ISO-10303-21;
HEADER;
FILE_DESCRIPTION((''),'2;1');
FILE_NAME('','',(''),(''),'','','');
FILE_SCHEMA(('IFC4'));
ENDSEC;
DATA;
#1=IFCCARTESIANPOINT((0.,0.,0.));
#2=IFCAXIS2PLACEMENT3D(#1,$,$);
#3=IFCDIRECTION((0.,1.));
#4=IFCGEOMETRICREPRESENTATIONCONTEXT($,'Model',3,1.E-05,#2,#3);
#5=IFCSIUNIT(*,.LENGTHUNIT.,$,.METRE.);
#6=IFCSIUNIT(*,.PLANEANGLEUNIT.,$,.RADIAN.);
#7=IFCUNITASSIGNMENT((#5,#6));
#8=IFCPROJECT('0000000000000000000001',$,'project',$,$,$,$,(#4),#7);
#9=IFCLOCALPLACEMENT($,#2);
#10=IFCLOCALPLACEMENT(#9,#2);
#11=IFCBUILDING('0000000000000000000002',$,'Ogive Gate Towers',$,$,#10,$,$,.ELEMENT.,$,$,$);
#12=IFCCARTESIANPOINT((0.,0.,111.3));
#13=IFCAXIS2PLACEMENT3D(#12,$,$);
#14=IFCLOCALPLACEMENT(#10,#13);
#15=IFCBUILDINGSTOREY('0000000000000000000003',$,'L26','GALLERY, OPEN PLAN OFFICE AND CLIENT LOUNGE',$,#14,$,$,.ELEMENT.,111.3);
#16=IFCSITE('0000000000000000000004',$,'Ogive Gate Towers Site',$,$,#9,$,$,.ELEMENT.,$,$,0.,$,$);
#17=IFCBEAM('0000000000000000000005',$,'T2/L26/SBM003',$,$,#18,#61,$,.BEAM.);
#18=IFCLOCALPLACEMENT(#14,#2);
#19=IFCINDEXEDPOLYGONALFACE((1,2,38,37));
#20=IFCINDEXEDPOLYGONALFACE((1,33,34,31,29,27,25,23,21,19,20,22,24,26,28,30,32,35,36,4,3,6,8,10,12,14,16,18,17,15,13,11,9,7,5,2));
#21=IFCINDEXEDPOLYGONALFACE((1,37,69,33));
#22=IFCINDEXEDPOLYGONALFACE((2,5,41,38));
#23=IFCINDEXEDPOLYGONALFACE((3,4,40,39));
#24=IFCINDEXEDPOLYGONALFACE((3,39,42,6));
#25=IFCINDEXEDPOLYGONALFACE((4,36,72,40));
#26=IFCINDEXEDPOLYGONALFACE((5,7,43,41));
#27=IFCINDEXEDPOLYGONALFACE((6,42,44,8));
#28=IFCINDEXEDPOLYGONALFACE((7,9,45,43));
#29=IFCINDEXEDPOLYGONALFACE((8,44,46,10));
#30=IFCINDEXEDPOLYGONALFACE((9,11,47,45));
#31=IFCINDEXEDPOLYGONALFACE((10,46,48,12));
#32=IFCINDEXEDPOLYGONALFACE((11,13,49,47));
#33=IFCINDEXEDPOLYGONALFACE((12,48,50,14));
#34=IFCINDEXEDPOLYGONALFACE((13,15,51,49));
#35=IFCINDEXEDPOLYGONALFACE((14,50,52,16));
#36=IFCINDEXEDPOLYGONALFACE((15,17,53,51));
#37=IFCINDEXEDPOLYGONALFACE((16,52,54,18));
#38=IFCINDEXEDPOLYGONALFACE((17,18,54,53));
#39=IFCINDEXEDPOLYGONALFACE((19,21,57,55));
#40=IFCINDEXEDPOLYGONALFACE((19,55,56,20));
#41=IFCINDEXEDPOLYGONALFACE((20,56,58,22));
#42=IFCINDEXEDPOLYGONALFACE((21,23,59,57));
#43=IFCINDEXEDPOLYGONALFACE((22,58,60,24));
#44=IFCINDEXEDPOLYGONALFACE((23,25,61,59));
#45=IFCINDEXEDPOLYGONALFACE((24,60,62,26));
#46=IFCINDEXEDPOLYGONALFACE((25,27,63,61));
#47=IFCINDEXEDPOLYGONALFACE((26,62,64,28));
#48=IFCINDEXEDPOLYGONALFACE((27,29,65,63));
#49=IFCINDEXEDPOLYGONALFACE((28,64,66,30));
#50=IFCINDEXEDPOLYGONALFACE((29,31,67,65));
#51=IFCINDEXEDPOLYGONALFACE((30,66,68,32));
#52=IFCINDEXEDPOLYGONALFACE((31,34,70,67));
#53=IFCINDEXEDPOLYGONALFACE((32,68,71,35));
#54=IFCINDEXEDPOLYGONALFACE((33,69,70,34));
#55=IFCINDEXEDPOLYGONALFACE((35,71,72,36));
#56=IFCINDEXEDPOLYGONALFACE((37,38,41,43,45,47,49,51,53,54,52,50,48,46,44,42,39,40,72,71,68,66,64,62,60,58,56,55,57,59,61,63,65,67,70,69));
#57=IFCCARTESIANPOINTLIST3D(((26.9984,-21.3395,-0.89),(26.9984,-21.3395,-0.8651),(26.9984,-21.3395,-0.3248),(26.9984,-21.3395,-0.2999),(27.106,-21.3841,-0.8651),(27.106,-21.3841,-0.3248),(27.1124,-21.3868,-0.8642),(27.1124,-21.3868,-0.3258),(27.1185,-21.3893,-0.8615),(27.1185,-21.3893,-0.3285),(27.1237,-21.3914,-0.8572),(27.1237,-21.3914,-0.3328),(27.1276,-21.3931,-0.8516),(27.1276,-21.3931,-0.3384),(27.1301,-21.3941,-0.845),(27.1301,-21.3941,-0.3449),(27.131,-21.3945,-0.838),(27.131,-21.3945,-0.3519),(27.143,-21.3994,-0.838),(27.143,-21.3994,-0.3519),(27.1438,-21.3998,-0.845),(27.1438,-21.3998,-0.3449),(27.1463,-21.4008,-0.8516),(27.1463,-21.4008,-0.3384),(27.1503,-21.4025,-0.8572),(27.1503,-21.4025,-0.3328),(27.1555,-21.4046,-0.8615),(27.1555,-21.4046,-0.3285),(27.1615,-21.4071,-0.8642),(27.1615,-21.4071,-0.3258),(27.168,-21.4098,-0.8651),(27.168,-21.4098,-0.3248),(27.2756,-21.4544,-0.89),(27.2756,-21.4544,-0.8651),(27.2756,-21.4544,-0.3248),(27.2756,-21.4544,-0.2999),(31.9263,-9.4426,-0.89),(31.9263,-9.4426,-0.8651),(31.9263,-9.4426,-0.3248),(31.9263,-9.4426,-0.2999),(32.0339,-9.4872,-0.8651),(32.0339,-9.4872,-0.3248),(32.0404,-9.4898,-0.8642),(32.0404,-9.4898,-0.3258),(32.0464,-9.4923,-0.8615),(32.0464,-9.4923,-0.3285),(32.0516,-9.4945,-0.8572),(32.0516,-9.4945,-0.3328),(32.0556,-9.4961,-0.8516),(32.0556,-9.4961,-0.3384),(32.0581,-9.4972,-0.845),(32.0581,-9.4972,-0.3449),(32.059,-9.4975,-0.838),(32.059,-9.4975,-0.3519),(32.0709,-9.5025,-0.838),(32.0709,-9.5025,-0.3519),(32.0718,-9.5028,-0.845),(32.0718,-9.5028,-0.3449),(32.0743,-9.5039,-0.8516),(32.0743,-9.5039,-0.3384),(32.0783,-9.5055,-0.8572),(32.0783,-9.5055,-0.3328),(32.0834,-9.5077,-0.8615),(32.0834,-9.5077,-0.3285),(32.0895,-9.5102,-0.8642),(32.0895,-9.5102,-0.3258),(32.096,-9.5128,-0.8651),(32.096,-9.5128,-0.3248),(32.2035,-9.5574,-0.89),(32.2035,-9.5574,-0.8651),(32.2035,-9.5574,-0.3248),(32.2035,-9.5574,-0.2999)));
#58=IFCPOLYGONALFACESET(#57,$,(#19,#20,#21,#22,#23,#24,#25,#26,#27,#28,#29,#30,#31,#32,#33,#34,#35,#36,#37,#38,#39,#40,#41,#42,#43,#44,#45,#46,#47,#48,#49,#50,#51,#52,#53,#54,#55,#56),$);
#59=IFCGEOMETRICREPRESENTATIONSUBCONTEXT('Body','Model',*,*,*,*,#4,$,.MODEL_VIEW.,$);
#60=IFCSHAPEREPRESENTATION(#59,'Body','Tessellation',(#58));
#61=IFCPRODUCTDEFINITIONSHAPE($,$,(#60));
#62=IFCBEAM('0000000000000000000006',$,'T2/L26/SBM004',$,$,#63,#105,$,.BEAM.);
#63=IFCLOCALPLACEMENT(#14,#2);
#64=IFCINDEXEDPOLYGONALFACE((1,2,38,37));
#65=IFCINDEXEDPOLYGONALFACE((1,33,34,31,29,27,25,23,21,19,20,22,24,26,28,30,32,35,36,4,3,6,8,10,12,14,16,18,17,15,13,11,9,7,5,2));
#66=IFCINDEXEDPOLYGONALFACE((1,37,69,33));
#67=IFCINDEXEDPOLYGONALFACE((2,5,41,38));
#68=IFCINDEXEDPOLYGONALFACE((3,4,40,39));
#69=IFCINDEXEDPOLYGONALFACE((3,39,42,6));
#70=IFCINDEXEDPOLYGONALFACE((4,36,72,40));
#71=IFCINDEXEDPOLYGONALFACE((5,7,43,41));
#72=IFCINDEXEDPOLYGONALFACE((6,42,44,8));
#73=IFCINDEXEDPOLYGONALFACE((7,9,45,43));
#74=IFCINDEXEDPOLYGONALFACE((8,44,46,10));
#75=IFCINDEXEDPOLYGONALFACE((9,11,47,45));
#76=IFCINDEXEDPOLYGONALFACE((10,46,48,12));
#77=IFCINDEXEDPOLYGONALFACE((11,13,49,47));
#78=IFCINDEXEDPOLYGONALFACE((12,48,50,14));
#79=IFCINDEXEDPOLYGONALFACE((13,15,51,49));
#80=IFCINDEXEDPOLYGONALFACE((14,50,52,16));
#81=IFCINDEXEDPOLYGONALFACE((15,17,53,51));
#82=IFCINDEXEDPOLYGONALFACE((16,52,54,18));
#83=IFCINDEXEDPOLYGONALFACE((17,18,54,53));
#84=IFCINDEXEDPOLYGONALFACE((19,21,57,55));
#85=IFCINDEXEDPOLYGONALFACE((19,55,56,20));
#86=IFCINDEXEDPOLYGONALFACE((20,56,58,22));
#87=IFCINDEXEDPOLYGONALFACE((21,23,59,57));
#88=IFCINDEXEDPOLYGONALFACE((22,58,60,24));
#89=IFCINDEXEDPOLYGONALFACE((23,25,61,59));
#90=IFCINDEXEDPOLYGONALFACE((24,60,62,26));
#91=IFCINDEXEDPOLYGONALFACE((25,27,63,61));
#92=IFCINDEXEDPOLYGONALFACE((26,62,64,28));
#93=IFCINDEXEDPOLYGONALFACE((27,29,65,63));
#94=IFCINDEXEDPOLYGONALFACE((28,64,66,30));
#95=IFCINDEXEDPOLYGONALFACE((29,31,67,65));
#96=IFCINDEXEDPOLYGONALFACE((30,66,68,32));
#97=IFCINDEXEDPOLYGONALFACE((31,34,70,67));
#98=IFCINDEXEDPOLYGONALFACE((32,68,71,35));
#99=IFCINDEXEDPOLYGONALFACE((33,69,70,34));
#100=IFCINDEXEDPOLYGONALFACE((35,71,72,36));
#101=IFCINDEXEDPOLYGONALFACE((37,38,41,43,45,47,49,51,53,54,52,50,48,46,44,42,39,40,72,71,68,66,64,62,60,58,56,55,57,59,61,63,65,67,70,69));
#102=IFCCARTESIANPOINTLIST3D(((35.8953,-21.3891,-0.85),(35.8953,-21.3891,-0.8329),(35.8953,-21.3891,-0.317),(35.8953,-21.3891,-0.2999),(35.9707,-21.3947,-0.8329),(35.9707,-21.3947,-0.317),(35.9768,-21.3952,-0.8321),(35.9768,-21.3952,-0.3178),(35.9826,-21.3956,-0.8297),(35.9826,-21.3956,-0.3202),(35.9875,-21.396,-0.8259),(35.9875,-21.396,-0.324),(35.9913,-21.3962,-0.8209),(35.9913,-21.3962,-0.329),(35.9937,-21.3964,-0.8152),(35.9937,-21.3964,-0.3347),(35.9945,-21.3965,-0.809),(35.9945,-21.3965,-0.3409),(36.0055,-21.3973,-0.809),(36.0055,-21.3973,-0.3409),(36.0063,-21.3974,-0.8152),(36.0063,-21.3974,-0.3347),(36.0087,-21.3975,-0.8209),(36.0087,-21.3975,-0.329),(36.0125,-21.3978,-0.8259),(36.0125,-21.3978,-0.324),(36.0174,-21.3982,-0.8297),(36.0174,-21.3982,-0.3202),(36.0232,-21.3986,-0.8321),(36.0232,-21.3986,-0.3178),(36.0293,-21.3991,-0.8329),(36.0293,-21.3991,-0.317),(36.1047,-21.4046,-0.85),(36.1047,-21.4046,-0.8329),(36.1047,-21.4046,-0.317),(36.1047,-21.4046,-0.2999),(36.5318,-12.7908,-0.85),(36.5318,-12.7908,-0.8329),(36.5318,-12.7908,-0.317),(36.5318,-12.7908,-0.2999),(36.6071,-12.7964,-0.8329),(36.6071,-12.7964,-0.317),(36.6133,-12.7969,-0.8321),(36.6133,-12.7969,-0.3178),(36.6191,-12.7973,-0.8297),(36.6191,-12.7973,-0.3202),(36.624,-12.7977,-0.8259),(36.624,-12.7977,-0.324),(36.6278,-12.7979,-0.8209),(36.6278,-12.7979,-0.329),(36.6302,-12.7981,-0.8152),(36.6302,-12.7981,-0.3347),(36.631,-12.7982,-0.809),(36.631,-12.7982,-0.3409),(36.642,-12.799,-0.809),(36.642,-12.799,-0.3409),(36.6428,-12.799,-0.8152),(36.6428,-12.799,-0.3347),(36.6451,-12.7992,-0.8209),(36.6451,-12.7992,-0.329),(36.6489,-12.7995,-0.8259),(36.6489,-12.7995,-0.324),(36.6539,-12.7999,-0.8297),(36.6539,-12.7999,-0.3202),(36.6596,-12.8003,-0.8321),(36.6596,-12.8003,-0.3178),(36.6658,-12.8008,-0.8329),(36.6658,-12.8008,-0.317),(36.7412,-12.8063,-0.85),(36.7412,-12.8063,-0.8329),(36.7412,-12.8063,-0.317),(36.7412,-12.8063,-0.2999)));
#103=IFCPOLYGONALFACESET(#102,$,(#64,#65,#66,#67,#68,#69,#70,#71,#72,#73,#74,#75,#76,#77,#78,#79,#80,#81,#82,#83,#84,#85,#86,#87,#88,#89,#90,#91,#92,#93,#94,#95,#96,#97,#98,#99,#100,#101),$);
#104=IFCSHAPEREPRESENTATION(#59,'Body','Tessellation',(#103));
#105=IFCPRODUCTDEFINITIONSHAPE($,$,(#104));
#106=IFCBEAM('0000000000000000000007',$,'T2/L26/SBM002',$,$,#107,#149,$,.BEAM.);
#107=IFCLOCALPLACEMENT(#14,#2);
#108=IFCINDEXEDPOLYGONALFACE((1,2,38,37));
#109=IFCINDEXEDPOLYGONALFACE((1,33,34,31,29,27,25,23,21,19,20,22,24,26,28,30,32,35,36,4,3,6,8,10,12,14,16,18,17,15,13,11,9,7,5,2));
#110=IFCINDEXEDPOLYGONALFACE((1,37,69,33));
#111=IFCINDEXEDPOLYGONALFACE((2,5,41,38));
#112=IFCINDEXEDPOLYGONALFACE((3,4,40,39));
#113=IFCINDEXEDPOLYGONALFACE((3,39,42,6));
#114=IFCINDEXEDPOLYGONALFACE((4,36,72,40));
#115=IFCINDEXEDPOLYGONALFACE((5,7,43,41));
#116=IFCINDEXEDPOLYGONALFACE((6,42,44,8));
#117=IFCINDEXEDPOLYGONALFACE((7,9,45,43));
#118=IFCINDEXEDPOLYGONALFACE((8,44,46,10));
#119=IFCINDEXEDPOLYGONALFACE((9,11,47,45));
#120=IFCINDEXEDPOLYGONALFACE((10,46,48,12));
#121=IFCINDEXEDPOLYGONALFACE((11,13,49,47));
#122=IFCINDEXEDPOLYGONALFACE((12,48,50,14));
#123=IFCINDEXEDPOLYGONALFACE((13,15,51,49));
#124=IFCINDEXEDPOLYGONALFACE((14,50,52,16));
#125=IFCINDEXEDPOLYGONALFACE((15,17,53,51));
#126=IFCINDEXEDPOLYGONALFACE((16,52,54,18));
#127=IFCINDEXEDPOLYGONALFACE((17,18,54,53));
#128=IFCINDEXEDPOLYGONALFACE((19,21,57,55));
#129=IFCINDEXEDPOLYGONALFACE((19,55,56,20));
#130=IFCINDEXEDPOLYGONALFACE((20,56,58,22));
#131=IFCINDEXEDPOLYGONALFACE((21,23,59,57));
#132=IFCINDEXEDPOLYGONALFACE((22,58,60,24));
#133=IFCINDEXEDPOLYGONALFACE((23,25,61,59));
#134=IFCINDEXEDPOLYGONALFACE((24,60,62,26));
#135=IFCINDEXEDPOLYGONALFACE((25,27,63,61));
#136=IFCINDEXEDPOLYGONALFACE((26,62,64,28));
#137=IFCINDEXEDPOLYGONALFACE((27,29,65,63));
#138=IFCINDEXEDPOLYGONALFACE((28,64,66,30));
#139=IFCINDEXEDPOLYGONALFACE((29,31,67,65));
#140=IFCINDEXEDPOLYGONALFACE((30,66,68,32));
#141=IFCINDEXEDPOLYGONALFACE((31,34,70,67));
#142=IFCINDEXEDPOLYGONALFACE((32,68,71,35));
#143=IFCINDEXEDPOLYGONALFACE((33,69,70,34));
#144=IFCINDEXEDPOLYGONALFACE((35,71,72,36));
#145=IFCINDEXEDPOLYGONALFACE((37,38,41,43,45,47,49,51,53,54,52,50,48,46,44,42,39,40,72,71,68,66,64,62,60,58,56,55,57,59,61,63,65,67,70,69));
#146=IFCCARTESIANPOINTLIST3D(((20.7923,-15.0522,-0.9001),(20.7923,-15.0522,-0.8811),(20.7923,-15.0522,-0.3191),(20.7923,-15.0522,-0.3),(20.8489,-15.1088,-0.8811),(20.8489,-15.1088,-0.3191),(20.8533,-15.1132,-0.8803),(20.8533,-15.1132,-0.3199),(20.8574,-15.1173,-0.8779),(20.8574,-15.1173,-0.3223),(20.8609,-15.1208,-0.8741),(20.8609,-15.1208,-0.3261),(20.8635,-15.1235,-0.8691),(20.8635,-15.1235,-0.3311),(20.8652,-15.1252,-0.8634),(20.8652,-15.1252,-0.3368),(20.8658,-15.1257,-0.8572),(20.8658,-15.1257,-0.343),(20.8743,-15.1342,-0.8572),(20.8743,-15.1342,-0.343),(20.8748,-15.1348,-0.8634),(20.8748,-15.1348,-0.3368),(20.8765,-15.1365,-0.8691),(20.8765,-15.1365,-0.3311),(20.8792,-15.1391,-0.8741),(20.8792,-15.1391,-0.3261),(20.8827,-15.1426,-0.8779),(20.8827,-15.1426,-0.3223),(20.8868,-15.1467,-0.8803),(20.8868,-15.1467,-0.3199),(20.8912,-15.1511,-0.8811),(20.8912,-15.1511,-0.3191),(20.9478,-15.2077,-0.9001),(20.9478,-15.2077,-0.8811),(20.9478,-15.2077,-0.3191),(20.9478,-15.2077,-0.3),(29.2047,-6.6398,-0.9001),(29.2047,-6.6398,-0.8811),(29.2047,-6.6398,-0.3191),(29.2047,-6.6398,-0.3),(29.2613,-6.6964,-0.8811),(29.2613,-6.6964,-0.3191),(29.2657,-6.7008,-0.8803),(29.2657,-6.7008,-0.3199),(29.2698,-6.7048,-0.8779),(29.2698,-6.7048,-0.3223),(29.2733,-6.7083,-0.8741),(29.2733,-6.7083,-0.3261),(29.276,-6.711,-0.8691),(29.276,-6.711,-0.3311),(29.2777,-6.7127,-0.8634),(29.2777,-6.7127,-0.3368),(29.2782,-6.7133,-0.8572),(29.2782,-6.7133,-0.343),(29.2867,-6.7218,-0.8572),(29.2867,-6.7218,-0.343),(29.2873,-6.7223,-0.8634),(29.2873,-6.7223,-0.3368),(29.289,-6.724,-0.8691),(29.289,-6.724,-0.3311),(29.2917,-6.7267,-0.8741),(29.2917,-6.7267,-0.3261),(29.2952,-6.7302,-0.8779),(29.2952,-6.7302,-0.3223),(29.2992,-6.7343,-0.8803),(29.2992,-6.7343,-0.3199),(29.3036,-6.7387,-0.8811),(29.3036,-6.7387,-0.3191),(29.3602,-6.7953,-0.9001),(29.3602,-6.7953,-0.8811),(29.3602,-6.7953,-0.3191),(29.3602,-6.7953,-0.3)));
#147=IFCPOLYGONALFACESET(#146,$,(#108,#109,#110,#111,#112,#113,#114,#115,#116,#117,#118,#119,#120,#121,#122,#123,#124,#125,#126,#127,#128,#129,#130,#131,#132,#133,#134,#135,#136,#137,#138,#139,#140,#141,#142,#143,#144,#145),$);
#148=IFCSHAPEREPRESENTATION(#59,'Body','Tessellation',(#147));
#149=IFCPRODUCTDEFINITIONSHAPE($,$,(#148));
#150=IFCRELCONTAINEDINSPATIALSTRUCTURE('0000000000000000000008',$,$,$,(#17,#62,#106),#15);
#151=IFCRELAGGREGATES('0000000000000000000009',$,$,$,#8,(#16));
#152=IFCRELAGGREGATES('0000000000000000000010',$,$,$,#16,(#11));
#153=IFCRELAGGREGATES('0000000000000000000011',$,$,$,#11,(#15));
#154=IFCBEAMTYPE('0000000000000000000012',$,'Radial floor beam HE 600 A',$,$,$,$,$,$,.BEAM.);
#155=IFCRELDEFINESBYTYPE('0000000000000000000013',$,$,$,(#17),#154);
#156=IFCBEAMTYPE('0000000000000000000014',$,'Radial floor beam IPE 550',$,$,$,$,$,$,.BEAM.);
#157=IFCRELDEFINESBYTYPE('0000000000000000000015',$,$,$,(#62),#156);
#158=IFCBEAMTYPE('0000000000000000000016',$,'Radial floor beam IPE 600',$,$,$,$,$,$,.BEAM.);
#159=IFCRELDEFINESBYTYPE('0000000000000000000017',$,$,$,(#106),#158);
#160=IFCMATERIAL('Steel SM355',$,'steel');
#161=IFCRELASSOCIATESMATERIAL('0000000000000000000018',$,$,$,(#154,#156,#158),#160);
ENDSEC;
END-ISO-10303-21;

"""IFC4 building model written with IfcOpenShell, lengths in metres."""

from ifc_helpers import new_model, si_unit, direction, frame, origin, origin_2d, place, context, subcontext, project, spatial, i_section, extrude, material, material_profile, profile_set, type_object, element, save


model = new_model("IFC4")

# Units and contexts
model_context = context("Model", 3, precision=1e-05, world=origin(), true_north=direction((0.0, 1.0)))
body_context = subcontext(model_context, "Body", "Model", "MODEL_VIEW")
ifc_project = project(units=[si_unit("LENGTHUNIT", "METRE"), si_unit("PLANEANGLEUNIT", "RADIAN")], contexts=[model_context])

# Site, building, storey
site_placement = place(None, origin())
site = spatial("IfcSite", under=ifc_project, at=site_placement, Name="Ogive Gate Towers Site", CompositionType="ELEMENT", RefElevation=0.0)
building_placement = place(site_placement, origin())
building = spatial("IfcBuilding", under=site, at=building_placement, Name="Ogive Gate Towers", CompositionType="ELEMENT")
storey_placement = place(building_placement, frame((0.0, 0.0, 111.3)))
storey = spatial("IfcBuildingStorey", under=building, at=storey_placement, Name="L26", Description="GALLERY, OPEN PLAN OFFICE AND CLIENT LOUNGE", CompositionType="ELEMENT", Elevation=111.3)

# Beams
ifc_material_1 = material(Name="Steel SM355", Category="steel")
ifc_material_profile_1 = material_profile(ifc_material_1, i_section(OverallWidth=0.3, OverallDepth=0.5901, WebThickness=0.0129, FlangeThickness=0.0249, FilletRadius=0.0271, at=origin_2d()), Name="HE 600 A")
ifc_profile_set_1 = profile_set([ifc_material_profile_1], Name="Steel SM355")
beam_type_1 = type_object("IfcBeamType", Name="Radial floor beam HE 600 A", PredefinedType="BEAM", material=ifc_profile_set_1)
beam_1_placement = place(storey_placement, frame((32.0649, -9.5, -0.595), z_axis=(-0.382689, -0.923877, 0.0), x_axis=(0.923877, -0.382689, 0.0)))
element("IfcBeam", 1, at=beam_1_placement, inside=storey, type_object=beam_type_1, Name="T2/L26/SBM003", PredefinedType="BEAM", context=body_context, shape_type="SweptSolid", body=[
    extrude(i_section(OverallWidth=0.3, OverallDepth=0.5901, WebThickness=0.0129, FlangeThickness=0.0249, FilletRadius=0.0271, at=origin_2d()), origin(), (0.0, 0.0, 1.0), 12.8772),
])
ifc_material_profile_2 = material_profile(ifc_material_1, i_section(OverallWidth=0.21, OverallDepth=0.55, WebThickness=0.011, FlangeThickness=0.0171, FilletRadius=0.0239, at=origin_2d()), Name="IPE 550")
ifc_profile_set_2 = profile_set([ifc_material_profile_2], Name="Steel SM355")
beam_type_2 = type_object("IfcBeamType", Name="Radial floor beam IPE 550", PredefinedType="BEAM", material=ifc_profile_set_2)
beam_2_placement = place(storey_placement, frame((36.6365, -12.7986, -0.575), z_axis=(-0.073821, -0.997272, 0.0), x_axis=(0.997272, -0.073821, 0.0)))
element("IfcBeam", 2, at=beam_2_placement, inside=storey, type_object=beam_type_2, Name="T2/L26/SBM004", PredefinedType="BEAM", context=body_context, shape_type="SweptSolid", body=[
    extrude(i_section(OverallWidth=0.21, OverallDepth=0.55, WebThickness=0.011, FlangeThickness=0.0171, FilletRadius=0.0239, at=origin_2d()), origin(), (0.0, 0.0, 1.0), 8.6218),
])
ifc_material_profile_3 = material_profile(ifc_material_1, i_section(OverallWidth=0.22, OverallDepth=0.6001, WebThickness=0.012, FlangeThickness=0.019, FilletRadius=0.0239, at=origin_2d()), Name="IPE 600")
ifc_profile_set_3 = profile_set([ifc_material_profile_3], Name="Steel SM355")
beam_type_3 = type_object("IfcBeamType", Name="Radial floor beam IPE 600", PredefinedType="BEAM", material=ifc_profile_set_3)
beam_3_placement = place(storey_placement, frame((29.2825, -6.7175, -0.6001), z_axis=(-0.707107, -0.707107, 0.0), x_axis=(0.707107, -0.707107, 0.0)))
element("IfcBeam", 3, at=beam_3_placement, inside=storey, type_object=beam_type_3, Name="T2/L26/SBM002", PredefinedType="BEAM", context=body_context, shape_type="SweptSolid", body=[
    extrude(i_section(OverallWidth=0.22, OverallDepth=0.6001, WebThickness=0.012, FlangeThickness=0.019, FilletRadius=0.0239, at=origin_2d()), origin(), (0.0, 0.0, 1.0), 11.897),
])

save(model, "model.ifc")
